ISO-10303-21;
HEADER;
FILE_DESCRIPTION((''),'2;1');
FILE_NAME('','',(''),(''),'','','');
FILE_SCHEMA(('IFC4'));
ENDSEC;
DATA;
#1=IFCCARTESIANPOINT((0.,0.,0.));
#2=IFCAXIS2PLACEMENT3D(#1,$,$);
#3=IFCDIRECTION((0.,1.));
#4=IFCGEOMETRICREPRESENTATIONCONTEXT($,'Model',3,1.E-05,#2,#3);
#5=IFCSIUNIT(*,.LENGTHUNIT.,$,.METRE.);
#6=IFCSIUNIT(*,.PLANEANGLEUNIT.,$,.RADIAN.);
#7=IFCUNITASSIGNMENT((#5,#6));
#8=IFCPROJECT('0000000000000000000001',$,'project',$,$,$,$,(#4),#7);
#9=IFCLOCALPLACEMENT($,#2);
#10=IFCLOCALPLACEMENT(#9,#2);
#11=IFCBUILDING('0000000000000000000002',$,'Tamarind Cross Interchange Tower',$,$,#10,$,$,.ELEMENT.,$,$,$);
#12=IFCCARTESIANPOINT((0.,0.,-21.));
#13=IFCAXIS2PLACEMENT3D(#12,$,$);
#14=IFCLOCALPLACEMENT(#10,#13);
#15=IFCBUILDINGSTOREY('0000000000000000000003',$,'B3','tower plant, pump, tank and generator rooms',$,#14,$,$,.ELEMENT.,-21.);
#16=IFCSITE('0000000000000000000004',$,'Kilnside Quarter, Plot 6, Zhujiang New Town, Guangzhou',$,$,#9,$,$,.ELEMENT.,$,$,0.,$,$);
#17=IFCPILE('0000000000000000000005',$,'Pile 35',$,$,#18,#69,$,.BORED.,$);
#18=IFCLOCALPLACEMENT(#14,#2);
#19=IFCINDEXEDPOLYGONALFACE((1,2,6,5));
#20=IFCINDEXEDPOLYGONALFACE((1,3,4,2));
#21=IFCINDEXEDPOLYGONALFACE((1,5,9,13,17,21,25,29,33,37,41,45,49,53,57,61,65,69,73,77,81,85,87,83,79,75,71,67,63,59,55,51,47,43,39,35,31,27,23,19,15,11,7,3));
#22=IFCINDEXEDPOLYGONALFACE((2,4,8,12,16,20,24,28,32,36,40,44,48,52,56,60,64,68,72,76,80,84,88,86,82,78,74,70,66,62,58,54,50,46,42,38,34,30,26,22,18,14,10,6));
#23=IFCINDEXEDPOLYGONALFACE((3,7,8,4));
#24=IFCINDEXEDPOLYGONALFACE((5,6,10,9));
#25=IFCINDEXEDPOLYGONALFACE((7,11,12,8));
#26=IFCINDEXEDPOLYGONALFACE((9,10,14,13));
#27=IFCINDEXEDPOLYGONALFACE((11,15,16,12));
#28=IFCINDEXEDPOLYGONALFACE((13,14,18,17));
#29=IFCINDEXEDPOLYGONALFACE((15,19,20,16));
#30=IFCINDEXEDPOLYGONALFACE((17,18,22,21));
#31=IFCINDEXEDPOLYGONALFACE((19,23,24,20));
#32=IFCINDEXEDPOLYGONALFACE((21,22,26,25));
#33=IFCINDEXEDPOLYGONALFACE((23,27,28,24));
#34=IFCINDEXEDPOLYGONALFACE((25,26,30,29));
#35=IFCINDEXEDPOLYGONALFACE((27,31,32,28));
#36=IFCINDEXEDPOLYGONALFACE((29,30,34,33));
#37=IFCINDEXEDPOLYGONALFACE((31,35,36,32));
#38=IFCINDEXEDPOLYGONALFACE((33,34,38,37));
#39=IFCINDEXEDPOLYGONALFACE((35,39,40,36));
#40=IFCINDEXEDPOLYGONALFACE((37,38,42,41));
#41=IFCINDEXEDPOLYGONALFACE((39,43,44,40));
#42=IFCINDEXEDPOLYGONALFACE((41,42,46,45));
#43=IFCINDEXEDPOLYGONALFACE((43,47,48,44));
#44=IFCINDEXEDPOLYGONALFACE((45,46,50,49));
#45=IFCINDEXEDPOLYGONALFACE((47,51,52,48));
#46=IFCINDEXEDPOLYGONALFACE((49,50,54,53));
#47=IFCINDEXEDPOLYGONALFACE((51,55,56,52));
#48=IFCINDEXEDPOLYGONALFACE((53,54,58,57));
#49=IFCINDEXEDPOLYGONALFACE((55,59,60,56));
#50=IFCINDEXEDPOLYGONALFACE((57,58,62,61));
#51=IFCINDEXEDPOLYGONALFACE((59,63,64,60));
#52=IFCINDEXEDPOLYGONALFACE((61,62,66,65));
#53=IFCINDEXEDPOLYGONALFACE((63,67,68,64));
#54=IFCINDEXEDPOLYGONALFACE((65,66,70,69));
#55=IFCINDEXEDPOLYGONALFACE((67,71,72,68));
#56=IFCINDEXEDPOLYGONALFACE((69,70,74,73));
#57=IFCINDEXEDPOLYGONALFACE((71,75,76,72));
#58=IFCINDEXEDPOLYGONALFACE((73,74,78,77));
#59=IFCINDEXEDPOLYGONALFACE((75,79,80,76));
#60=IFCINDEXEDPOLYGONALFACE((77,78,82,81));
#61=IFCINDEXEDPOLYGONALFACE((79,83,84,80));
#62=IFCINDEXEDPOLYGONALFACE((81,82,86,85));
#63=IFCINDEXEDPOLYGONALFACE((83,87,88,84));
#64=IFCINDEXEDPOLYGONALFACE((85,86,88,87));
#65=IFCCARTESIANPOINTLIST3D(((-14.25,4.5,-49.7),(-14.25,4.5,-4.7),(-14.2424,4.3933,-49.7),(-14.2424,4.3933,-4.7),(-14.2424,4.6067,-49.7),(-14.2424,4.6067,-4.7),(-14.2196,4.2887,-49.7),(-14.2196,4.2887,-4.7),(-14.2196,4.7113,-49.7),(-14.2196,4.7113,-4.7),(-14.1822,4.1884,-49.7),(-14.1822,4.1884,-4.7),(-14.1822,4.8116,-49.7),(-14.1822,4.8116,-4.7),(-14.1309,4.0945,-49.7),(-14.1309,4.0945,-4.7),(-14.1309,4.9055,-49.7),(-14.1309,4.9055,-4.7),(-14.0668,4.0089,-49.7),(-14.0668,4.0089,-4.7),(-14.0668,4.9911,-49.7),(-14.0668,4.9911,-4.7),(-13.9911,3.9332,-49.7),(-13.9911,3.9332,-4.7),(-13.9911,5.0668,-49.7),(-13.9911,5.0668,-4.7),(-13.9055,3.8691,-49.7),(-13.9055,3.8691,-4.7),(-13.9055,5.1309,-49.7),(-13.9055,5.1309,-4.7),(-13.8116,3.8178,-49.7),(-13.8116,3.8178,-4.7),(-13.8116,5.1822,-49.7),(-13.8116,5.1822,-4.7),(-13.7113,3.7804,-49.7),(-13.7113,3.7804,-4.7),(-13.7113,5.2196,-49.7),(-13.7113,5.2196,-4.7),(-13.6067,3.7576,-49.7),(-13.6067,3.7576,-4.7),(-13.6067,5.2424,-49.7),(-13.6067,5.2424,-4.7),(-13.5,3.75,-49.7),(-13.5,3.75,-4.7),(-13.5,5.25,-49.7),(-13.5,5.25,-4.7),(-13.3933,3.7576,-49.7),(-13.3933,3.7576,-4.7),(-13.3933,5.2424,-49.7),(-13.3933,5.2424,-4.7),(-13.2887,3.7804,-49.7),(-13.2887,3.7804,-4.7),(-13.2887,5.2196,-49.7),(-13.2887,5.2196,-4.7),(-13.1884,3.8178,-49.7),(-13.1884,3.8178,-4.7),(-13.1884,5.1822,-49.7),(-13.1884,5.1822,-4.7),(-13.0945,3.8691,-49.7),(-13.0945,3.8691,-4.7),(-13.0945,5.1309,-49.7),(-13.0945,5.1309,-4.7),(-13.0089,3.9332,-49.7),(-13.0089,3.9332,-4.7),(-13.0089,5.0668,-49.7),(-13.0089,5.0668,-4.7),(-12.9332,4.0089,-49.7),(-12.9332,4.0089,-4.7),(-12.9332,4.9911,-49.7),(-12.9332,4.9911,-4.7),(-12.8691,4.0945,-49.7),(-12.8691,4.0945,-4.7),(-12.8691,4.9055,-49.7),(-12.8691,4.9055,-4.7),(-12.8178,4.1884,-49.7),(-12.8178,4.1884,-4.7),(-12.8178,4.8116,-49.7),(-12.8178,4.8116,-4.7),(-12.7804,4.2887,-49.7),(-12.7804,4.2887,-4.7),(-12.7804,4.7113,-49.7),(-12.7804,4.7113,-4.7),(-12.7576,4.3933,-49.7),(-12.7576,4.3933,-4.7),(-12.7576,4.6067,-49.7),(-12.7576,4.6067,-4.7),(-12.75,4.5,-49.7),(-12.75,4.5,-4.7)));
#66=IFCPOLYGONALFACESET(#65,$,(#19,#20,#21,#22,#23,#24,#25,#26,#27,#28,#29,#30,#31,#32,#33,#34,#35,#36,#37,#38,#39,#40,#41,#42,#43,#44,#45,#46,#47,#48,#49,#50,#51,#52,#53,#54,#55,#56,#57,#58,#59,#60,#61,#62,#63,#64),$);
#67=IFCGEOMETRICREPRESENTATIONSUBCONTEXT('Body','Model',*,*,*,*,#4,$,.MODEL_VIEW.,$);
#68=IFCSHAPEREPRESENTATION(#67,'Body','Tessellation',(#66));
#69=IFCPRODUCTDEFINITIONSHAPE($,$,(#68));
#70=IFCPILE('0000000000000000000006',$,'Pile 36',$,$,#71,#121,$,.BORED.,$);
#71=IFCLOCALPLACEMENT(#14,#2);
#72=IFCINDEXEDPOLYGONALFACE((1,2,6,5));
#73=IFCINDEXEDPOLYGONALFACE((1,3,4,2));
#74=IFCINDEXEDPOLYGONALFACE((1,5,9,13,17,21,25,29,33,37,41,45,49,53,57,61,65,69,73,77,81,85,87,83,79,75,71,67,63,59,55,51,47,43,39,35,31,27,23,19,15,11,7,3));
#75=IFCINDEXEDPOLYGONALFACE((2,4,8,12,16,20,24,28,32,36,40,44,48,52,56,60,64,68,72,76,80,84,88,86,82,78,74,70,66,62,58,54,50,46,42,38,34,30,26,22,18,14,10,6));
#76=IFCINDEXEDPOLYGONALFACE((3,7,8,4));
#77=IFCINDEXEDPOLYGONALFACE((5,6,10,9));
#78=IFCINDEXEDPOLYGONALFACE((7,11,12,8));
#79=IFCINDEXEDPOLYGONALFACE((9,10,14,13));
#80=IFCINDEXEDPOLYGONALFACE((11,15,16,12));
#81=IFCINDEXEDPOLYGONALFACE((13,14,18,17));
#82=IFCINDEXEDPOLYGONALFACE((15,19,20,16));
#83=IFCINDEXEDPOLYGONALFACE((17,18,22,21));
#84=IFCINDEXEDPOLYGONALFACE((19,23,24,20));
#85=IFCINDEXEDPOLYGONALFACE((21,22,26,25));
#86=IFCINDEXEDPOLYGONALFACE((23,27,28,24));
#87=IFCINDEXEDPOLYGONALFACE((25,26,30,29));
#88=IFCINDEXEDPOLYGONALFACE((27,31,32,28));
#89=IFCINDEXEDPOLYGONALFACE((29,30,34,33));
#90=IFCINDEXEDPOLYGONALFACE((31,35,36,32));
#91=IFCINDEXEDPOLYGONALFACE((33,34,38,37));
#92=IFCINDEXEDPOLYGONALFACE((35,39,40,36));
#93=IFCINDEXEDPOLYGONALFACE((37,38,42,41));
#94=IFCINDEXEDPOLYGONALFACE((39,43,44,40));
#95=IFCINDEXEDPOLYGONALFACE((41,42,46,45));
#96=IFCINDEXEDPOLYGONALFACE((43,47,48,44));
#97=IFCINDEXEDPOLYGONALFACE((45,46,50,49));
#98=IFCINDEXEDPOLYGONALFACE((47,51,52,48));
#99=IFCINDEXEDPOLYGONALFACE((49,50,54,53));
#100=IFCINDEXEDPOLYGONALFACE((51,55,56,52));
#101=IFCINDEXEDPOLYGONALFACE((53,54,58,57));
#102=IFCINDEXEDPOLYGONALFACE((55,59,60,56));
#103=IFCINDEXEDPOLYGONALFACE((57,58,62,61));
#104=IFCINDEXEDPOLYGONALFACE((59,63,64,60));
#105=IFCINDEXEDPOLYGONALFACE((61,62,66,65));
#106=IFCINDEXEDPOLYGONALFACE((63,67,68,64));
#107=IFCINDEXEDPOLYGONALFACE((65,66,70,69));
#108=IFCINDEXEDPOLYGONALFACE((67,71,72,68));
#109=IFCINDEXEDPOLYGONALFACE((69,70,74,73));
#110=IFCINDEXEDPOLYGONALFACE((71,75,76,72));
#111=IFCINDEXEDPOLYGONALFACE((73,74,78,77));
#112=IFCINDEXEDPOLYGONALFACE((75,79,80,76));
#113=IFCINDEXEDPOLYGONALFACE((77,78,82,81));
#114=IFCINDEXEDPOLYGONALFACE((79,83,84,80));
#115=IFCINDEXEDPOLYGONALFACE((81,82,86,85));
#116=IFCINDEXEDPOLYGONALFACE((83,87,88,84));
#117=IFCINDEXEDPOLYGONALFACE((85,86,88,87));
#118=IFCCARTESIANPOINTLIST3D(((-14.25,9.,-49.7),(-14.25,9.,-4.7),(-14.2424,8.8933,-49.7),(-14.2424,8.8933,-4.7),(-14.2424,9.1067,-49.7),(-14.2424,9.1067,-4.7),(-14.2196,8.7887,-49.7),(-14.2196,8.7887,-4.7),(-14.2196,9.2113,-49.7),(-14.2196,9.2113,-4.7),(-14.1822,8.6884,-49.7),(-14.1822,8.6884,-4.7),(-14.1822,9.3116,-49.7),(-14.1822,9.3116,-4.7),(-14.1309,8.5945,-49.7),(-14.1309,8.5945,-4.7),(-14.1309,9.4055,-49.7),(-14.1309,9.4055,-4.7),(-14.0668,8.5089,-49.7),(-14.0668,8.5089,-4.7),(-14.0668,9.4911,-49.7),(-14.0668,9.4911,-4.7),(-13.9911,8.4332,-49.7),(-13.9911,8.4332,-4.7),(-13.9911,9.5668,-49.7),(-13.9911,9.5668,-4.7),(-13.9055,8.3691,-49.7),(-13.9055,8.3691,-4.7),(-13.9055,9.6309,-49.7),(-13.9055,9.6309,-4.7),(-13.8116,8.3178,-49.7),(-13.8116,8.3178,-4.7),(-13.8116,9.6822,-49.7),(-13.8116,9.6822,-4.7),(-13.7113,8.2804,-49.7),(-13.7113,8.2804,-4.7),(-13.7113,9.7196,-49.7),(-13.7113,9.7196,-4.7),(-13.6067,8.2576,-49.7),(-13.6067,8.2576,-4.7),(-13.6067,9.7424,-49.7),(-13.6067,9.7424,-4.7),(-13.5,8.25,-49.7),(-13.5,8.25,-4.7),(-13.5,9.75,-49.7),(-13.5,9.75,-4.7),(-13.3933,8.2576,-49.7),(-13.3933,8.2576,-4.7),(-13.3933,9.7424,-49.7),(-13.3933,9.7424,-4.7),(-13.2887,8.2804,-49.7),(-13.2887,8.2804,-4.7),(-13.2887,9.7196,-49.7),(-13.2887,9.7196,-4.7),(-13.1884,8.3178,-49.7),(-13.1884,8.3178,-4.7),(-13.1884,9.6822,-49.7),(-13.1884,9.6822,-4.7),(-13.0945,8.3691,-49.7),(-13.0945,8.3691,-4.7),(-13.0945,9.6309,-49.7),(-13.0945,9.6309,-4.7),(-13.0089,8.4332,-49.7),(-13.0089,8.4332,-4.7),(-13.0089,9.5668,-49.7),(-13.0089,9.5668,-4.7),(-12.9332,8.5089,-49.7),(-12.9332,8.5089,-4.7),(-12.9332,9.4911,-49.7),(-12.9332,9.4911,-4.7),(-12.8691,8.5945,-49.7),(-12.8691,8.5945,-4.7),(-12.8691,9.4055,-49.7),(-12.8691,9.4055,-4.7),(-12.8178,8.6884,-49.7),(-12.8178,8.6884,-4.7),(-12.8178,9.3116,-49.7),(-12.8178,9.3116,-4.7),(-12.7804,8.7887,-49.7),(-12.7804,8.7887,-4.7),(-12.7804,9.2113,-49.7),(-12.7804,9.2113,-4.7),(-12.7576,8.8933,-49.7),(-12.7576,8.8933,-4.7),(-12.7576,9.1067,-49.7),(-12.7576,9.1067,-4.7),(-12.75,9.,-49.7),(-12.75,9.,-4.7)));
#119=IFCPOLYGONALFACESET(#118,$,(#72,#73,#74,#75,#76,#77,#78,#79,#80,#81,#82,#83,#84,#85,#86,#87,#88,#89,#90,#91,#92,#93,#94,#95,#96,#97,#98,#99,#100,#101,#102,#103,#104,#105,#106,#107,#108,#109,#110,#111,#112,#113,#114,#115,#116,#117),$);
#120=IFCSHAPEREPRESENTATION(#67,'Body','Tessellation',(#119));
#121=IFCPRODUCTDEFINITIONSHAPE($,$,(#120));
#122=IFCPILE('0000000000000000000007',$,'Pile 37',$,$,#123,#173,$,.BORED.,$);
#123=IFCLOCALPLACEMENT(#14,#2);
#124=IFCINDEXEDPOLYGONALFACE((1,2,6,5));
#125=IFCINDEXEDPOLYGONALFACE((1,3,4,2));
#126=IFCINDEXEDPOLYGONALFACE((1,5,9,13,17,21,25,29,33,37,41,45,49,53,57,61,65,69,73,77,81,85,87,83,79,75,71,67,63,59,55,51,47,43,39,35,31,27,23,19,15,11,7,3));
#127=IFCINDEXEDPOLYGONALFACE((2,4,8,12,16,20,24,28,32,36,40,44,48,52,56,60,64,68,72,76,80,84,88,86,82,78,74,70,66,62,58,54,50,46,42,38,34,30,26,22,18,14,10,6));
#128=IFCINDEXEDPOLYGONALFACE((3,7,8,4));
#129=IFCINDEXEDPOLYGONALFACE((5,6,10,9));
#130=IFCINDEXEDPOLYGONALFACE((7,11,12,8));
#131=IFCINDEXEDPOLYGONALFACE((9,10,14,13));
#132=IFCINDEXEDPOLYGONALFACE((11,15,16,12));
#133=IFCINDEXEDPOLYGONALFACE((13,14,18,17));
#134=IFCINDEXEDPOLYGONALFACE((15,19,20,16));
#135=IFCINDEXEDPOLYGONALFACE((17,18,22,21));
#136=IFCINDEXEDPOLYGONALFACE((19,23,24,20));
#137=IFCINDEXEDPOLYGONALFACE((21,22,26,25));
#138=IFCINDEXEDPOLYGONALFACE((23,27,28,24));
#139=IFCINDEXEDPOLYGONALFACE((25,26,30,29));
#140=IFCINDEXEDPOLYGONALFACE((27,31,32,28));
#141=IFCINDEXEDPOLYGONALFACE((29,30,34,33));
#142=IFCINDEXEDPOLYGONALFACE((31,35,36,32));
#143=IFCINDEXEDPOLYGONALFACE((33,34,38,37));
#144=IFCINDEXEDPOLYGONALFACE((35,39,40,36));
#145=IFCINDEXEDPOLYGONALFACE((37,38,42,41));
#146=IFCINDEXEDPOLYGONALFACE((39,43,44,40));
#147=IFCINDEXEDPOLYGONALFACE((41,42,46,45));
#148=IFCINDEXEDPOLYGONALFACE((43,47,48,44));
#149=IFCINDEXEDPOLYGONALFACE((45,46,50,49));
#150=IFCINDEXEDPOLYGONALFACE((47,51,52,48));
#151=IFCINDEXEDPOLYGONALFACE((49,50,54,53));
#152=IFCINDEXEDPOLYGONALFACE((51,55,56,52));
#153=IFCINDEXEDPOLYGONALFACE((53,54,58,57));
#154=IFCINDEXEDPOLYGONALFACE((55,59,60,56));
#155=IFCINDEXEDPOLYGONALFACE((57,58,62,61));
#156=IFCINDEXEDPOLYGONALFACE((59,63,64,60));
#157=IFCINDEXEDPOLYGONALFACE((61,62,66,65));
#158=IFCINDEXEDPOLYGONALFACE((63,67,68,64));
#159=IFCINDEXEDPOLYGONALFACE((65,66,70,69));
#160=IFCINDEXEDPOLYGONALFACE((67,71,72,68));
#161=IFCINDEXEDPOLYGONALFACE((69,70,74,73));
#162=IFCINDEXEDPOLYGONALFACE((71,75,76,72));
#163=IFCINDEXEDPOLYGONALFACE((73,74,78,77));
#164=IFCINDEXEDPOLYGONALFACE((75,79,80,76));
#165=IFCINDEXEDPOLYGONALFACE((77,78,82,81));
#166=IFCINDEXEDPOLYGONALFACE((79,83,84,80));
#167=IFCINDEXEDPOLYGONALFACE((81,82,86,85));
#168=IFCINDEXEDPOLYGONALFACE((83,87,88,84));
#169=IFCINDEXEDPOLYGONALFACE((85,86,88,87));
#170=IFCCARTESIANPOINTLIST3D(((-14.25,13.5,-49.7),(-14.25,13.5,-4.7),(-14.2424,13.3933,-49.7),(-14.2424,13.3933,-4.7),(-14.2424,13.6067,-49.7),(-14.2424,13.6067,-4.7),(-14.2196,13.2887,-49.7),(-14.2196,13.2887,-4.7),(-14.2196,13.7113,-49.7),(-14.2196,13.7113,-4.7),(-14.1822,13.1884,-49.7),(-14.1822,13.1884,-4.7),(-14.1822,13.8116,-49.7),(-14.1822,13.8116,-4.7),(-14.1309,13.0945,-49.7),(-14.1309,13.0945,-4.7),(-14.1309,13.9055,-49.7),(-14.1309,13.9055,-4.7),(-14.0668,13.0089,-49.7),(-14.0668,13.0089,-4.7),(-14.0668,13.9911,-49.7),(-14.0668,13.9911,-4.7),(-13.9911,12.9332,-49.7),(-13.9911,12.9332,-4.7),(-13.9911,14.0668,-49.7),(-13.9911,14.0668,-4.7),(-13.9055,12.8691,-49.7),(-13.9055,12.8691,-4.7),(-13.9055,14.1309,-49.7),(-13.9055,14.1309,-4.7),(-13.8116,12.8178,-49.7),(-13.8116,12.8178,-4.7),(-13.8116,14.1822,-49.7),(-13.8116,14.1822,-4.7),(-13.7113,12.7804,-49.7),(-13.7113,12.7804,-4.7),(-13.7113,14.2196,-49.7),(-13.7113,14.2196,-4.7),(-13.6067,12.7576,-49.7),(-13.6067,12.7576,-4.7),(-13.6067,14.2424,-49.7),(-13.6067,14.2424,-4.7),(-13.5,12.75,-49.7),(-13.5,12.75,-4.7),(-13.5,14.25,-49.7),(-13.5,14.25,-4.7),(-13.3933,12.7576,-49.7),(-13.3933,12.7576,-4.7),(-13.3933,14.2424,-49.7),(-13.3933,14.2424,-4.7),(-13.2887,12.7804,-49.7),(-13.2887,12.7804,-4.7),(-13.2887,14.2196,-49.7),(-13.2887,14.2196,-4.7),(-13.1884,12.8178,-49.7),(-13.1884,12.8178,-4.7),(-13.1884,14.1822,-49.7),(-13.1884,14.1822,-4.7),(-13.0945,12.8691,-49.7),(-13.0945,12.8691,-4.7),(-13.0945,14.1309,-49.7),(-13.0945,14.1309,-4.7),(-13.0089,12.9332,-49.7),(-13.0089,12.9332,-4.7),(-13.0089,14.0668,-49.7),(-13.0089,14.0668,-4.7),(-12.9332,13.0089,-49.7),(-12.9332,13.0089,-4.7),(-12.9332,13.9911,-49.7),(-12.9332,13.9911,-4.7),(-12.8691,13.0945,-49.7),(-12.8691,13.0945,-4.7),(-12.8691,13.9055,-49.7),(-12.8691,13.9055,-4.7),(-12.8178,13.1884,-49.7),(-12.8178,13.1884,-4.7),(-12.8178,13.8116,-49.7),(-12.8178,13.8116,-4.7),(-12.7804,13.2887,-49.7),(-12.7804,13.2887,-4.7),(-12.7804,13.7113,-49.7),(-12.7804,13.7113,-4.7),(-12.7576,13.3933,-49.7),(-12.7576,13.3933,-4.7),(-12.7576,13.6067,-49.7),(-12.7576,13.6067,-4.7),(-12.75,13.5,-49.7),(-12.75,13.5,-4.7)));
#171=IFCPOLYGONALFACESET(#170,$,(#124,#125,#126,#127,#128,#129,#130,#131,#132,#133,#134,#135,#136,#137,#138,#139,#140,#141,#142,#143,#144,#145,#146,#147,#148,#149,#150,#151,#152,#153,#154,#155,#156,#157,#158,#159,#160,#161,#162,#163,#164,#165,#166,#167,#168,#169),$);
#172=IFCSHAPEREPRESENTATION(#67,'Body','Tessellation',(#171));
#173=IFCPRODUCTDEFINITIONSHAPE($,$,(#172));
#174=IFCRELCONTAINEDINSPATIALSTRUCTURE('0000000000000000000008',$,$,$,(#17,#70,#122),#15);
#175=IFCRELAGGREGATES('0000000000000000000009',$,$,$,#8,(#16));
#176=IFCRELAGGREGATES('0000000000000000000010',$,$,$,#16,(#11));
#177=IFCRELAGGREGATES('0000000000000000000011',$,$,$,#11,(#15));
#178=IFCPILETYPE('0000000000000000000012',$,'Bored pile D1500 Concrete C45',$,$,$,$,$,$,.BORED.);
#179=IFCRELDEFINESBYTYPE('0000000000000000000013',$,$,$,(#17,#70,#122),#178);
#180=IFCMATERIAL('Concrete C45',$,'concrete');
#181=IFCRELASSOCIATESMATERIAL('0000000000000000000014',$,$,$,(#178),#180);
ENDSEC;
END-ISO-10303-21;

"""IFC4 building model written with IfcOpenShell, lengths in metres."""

from ifc_helpers import new_model, si_unit, direction, frame, origin, origin_2d, place, context, subcontext, project, spatial, circle, extrude, material, material_profile, profile_set, type_object, element, save


model = new_model("IFC4")

# Units and contexts
model_context = context("Model", 3, precision=1e-05, world=origin(), true_north=direction((0.0, 1.0)))
body_context = subcontext(model_context, "Body", "Model", "MODEL_VIEW")
ifc_project = project(units=[si_unit("LENGTHUNIT", "METRE"), si_unit("PLANEANGLEUNIT", "RADIAN")], contexts=[model_context])

# Site, building, storey
site_placement = place(None, origin())
site = spatial("IfcSite", under=ifc_project, at=site_placement, Name="Kilnside Quarter, Plot 6, Zhujiang New Town, Guangzhou", CompositionType="ELEMENT", RefElevation=0.0)
building_placement = place(site_placement, origin())
building = spatial("IfcBuilding", under=site, at=building_placement, Name="Tamarind Cross Interchange Tower", CompositionType="ELEMENT")
storey_placement = place(building_placement, frame((0.0, 0.0, -21.0)))
storey = spatial("IfcBuildingStorey", under=building, at=storey_placement, Name="B3", Description="tower plant, pump, tank and generator rooms", CompositionType="ELEMENT", Elevation=-21.0)

# Piles
ifc_material_1 = material(Name="Concrete C45", Category="concrete")
ifc_material_profile_1 = material_profile(ifc_material_1, circle(Radius=0.75, at=origin_2d()), Name="RC D1500")
ifc_profile_set_1 = profile_set([ifc_material_profile_1], Name="Concrete C45")
pile_type = type_object("IfcPileType", Name="Bored pile D1500 Concrete C45", PredefinedType="BORED", material=ifc_profile_set_1)
for number, where, z_axis, x_axis, name in (
    (1, (-13.5, 4.5, -4.7), (0.0, 0.0, -1.0), (1.0, 0.0, 0.0), "Pile 35"),
    (2, (-13.5, 9.0, -4.7), (0.0, 0.0, -1.0), (1.0, 0.0, 0.0), "Pile 36"),
    (3, (-13.5, 13.5, -4.7), (0.0, 0.0, -1.0), (1.0, 0.0, 0.0), "Pile 37"),
):
    element("IfcPile", number, at=place(storey_placement, frame(where, z_axis=z_axis, x_axis=x_axis)), inside=storey, type_object=pile_type, Name=name, PredefinedType="BORED", context=body_context, shape_type="SweptSolid", body=[
        extrude(circle(Radius=0.75, at=origin_2d()), origin(), (0.0, 0.0, 1.0), 45.0),
    ])

save(model, "model.ifc")
